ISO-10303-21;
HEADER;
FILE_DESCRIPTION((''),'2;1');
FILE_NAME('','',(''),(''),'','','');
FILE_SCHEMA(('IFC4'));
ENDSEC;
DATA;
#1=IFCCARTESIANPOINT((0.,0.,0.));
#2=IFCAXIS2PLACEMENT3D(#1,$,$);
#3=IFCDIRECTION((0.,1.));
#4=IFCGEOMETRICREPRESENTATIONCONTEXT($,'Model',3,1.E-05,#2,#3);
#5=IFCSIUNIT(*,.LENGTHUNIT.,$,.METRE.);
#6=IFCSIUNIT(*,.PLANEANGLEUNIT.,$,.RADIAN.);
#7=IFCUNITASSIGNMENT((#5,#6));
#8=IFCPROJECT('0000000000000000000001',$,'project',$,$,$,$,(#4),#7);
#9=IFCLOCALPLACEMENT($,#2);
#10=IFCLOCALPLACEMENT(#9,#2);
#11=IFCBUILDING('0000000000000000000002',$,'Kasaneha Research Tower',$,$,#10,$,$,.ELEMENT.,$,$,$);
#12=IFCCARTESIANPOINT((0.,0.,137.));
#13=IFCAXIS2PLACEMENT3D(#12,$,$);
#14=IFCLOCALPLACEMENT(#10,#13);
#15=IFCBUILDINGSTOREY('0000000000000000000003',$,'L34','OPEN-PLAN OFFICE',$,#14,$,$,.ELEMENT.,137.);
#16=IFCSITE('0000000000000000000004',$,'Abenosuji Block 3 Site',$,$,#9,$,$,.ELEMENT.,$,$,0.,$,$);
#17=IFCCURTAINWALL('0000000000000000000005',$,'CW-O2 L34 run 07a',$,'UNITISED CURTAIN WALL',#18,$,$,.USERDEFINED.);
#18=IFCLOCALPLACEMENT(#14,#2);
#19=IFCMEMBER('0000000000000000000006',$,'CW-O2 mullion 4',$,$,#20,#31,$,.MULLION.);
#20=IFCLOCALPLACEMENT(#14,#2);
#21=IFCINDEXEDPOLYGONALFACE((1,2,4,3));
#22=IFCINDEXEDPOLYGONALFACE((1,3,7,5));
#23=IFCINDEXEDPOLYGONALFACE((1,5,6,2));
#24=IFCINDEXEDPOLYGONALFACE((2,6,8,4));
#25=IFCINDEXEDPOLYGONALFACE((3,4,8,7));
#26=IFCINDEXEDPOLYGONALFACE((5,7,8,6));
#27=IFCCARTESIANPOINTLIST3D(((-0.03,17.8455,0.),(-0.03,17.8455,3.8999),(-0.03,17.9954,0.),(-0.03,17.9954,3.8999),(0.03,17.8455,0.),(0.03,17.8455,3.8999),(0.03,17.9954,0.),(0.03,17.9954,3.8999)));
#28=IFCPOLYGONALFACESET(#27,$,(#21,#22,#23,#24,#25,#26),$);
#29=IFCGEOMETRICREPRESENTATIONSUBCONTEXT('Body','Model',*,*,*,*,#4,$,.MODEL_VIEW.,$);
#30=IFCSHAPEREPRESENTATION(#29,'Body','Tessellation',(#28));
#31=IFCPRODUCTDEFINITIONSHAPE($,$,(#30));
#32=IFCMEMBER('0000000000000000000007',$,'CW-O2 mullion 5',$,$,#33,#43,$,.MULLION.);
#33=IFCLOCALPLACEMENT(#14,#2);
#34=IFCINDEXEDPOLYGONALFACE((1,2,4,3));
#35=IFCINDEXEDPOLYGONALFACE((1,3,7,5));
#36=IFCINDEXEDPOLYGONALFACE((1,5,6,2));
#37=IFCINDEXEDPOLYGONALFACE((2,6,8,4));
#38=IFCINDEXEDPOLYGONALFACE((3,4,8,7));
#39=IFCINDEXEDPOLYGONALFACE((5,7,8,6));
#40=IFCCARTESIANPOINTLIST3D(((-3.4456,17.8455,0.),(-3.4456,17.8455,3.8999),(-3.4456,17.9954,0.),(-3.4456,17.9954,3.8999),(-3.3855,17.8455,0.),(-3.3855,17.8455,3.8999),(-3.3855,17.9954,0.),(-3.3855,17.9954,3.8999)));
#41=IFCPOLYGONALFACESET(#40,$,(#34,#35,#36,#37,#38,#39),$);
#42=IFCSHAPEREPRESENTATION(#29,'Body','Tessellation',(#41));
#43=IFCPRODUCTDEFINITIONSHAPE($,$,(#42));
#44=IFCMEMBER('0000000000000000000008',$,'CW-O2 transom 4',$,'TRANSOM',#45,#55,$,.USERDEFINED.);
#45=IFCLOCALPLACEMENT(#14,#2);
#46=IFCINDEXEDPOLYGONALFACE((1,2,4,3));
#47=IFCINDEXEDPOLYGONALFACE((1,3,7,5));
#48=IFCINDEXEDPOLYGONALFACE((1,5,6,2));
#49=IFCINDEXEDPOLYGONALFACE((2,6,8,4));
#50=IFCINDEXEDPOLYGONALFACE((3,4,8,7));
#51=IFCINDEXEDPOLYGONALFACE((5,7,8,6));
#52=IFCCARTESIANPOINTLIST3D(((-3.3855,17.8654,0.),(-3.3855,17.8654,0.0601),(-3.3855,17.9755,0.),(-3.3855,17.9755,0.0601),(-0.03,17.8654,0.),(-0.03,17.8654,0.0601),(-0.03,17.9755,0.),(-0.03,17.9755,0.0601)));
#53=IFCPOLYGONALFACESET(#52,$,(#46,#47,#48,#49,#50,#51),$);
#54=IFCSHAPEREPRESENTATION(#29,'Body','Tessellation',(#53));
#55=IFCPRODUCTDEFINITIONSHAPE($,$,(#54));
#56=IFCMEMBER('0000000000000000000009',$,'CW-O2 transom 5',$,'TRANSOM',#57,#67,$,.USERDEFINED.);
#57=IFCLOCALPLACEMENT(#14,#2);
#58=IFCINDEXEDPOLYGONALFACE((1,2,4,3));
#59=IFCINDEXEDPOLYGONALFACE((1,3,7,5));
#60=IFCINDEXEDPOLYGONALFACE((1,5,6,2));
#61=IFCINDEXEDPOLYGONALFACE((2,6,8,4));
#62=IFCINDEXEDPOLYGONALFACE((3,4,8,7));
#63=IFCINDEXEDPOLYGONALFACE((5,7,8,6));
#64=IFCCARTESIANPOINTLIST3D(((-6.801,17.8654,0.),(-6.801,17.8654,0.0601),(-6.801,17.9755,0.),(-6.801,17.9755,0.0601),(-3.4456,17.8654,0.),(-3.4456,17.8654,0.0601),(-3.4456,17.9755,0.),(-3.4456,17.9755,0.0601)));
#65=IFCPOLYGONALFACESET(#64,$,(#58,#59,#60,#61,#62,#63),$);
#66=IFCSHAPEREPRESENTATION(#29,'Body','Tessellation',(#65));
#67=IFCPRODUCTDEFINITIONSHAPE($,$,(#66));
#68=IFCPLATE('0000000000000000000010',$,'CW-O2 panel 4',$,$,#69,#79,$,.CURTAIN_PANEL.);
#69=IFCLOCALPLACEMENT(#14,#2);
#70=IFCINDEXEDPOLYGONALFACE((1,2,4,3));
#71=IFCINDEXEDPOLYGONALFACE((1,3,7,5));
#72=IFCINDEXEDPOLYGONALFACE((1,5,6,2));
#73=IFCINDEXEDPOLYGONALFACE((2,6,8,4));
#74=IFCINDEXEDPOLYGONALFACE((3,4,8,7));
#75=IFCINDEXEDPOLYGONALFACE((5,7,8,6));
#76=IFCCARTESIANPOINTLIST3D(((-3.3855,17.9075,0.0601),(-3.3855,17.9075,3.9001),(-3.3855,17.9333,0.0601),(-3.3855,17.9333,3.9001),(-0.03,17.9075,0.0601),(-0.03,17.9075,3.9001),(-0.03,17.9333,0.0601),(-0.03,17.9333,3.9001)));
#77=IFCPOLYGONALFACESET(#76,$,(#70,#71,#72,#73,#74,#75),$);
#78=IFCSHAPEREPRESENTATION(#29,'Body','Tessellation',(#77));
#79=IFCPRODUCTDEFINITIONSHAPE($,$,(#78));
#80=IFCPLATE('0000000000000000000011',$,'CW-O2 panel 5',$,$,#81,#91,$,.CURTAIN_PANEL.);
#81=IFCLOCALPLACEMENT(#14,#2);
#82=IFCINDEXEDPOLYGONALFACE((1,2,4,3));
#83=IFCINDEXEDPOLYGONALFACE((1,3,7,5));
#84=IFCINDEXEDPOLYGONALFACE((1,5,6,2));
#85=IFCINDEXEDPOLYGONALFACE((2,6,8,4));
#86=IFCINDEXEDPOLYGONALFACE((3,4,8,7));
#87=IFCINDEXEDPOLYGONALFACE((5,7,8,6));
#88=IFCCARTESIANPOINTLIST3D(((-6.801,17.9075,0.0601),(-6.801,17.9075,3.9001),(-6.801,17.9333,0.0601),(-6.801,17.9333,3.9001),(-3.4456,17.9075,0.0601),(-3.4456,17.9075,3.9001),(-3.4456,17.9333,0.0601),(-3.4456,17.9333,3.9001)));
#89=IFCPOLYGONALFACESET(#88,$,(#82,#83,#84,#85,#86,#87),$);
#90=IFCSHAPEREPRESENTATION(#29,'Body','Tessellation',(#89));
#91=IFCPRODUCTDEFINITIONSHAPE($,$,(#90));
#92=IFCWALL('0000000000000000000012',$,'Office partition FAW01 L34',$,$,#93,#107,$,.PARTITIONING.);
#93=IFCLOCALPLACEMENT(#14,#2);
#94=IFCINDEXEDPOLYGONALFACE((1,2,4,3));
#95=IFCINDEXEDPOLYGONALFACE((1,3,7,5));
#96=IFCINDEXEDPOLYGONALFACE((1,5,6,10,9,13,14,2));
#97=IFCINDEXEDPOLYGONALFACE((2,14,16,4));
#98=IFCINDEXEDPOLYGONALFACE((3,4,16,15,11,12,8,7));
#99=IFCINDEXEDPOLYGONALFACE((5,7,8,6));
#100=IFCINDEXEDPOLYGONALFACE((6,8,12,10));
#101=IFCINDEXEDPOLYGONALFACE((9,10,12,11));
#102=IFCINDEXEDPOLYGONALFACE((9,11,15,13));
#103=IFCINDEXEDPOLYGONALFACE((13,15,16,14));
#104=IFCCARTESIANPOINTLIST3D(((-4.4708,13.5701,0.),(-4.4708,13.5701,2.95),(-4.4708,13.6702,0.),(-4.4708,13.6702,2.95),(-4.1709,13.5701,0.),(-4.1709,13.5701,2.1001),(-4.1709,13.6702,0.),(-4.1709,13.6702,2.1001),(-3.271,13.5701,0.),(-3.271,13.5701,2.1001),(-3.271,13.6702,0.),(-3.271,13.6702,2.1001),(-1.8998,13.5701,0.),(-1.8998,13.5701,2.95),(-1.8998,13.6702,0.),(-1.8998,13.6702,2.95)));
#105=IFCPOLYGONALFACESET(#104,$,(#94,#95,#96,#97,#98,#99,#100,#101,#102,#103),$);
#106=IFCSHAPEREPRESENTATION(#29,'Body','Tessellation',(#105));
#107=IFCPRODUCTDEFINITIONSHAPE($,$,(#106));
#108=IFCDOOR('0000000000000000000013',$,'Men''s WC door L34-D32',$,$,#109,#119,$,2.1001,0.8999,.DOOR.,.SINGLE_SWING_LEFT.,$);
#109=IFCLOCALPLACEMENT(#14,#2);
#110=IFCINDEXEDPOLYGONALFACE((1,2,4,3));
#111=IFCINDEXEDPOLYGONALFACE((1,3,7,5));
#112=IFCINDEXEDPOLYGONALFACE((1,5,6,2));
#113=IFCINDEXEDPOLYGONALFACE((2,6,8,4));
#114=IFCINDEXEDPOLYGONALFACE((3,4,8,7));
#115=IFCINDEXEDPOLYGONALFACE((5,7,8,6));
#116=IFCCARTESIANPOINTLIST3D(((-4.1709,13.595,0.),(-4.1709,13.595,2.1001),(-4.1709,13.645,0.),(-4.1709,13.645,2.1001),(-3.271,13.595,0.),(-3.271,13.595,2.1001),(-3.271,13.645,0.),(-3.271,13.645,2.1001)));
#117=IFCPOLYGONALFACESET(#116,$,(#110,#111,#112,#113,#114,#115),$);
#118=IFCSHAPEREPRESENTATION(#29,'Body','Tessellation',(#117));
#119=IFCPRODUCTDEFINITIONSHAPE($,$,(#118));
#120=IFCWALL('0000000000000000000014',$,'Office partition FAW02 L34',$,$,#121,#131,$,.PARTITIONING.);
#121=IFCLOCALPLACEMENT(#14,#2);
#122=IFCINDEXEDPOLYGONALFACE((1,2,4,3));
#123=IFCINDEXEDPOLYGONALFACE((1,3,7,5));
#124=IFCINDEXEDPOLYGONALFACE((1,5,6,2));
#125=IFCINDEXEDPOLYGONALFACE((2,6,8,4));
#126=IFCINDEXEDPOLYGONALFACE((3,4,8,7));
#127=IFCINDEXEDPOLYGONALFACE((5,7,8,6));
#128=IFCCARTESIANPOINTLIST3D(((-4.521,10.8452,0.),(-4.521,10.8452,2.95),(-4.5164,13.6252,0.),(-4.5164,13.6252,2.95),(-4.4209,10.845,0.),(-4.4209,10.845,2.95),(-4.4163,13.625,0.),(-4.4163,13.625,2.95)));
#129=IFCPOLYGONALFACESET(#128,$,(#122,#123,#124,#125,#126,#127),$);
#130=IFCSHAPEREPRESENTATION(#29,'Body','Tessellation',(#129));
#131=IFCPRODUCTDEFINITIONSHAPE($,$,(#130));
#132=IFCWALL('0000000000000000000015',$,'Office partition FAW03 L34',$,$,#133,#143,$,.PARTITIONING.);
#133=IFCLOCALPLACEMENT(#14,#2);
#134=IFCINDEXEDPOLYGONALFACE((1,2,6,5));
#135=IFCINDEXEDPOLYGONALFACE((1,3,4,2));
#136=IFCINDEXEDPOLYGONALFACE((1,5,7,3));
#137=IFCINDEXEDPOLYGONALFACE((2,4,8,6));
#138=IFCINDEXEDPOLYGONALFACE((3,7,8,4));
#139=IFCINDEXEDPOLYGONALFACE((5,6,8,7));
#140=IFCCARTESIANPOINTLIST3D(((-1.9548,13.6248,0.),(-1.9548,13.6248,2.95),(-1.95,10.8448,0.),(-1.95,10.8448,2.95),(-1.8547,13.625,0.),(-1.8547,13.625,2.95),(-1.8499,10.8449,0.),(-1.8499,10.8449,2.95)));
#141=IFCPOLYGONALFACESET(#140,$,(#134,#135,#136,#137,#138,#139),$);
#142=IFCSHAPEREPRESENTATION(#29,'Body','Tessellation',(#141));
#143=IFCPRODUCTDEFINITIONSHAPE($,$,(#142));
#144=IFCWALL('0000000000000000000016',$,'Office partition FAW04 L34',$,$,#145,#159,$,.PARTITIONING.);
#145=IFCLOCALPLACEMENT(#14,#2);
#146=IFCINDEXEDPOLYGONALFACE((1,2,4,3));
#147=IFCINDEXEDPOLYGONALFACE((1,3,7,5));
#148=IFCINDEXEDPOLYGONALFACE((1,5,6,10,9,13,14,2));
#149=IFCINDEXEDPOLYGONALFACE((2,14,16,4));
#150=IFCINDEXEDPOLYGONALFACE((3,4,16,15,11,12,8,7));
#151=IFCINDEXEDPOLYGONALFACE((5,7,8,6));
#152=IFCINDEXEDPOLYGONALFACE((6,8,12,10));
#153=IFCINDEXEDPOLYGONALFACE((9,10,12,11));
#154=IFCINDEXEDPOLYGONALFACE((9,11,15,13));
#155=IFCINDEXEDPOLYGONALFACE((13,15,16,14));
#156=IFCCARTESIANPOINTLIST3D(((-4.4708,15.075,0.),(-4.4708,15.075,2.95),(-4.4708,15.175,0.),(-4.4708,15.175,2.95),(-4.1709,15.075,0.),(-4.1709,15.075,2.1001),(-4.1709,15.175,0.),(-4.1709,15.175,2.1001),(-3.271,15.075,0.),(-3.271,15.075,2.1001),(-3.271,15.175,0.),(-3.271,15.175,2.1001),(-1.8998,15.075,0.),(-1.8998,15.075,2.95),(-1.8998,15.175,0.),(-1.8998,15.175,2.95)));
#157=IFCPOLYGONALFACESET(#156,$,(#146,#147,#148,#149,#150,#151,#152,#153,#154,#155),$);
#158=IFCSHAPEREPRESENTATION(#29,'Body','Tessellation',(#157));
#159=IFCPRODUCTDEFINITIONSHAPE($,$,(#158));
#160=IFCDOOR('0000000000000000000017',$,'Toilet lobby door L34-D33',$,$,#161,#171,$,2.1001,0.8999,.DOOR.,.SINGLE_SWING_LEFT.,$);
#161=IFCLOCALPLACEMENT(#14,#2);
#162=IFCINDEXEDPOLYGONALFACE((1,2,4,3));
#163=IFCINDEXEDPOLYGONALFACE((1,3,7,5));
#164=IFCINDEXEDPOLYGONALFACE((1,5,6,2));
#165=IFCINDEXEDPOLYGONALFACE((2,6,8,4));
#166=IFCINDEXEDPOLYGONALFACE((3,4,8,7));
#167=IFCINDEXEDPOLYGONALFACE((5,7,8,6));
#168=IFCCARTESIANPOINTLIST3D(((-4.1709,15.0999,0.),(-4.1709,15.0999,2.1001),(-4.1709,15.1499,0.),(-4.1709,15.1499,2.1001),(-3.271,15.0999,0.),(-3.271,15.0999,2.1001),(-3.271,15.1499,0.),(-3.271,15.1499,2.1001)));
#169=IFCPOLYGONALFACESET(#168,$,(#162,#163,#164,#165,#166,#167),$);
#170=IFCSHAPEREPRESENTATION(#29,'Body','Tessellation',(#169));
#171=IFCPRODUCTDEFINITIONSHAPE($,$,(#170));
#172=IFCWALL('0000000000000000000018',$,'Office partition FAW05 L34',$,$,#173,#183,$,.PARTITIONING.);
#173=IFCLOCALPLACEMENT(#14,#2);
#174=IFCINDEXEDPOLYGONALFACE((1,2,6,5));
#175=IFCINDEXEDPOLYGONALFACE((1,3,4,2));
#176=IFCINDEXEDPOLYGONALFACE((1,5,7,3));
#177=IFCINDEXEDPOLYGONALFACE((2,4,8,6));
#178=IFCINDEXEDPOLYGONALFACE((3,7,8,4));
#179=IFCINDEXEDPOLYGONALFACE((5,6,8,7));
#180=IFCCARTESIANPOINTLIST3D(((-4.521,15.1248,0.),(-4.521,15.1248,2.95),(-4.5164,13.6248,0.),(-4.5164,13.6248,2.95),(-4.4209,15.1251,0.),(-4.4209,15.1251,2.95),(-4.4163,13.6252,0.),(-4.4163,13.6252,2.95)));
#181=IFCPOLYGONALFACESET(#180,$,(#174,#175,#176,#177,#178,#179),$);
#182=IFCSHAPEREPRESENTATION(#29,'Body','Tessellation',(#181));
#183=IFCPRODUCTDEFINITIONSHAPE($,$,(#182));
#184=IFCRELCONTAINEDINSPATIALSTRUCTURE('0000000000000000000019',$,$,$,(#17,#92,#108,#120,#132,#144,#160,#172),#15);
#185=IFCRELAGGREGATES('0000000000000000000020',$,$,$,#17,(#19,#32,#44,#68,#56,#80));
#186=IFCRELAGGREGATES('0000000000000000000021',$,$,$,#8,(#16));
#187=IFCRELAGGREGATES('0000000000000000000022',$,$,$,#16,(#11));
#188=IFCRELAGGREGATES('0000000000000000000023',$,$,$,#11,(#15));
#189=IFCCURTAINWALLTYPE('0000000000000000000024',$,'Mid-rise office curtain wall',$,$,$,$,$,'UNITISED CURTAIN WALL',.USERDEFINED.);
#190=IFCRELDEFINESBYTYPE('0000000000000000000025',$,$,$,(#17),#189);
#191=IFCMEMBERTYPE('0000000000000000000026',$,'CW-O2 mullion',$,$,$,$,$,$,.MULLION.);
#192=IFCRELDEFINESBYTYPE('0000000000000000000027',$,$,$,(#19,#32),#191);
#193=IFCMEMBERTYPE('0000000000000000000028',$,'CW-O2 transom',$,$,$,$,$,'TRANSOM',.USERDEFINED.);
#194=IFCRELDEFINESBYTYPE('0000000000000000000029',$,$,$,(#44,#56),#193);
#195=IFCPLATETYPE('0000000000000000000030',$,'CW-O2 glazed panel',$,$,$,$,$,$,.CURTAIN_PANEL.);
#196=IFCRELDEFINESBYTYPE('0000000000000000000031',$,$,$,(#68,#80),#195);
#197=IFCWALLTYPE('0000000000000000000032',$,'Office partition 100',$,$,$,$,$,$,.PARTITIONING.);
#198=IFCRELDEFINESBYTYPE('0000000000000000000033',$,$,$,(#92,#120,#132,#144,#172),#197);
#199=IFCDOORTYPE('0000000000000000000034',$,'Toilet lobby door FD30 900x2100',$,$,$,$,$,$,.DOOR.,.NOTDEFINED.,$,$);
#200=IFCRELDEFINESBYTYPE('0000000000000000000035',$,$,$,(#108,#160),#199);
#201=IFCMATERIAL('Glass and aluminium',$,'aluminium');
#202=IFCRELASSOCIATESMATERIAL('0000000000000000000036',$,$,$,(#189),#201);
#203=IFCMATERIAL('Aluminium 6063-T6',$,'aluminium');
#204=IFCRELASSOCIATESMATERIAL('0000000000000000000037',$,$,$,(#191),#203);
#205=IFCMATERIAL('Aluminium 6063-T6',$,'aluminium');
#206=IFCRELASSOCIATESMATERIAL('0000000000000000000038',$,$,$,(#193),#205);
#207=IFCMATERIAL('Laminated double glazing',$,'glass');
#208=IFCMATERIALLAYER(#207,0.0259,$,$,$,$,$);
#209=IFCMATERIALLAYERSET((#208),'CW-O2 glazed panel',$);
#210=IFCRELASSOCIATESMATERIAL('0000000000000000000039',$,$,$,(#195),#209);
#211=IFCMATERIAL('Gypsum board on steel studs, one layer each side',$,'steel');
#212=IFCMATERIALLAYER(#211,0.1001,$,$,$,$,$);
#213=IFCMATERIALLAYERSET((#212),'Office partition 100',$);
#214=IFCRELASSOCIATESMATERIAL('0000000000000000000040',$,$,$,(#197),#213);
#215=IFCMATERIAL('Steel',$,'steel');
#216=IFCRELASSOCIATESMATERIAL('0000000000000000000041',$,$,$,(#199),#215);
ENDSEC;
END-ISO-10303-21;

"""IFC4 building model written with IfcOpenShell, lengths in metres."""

from ifc_helpers import new_model, si_unit, direction, frame, frame_2d, origin, origin_2d, place, context, subcontext, project, spatial, rectangle, extrude, material, layer, layer_set, material_profile, profile_set, type_object, element, fill, aggregate, save


model = new_model("IFC4")

# Units and contexts
model_context = context("Model", 3, precision=1e-05, world=origin(), true_north=direction((0.0, 1.0)))
body_context = subcontext(model_context, "Body", "Model", "MODEL_VIEW")
ifc_project = project(units=[si_unit("LENGTHUNIT", "METRE"), si_unit("PLANEANGLEUNIT", "RADIAN")], contexts=[model_context])

# Site, building, storey
site_placement = place(None, origin())
site = spatial("IfcSite", under=ifc_project, at=site_placement, Name="Abenosuji Block 3 Site", CompositionType="ELEMENT", RefElevation=0.0)
building_placement = place(site_placement, origin())
building = spatial("IfcBuilding", under=site, at=building_placement, Name="Kasaneha Research Tower", CompositionType="ELEMENT")
storey_placement = place(building_placement, frame((0.0, 0.0, 137.0)))
storey = spatial("IfcBuildingStorey", under=building, at=storey_placement, Name="L34", Description="OPEN-PLAN OFFICE", CompositionType="ELEMENT", Elevation=137.0)

# Curtain wall, members, plates
ifc_material_1 = material(Name="Glass and aluminium", Category="aluminium")
curtain_wall_type = type_object("IfcCurtainWallType", Name="Mid-rise office curtain wall", ElementType="UNITISED CURTAIN WALL", PredefinedType="USERDEFINED", material=ifc_material_1)
curtain_wall_placement = place(storey_placement, origin())
curtain_wall = element("IfcCurtainWall", 1, at=curtain_wall_placement, inside=storey, type_object=curtain_wall_type, Name="CW-O2 L34 run 07a", ObjectType="UNITISED CURTAIN WALL", PredefinedType="USERDEFINED")
ifc_material_2 = material(Name="Aluminium 6063-T6", Category="aluminium")
ifc_material_profile_1 = material_profile(ifc_material_2, rectangle(XDim=0.0601, YDim=0.1499, at=origin_2d()), Name="CW-O2 mullion 60x150")
ifc_profile_set_1 = profile_set([ifc_material_profile_1], Name="Aluminium 6063-T6")
member_type_1 = type_object("IfcMemberType", Name="CW-O2 mullion", PredefinedType="MULLION", material=ifc_profile_set_1)
member_1_placement = place(storey_placement, frame((0.0, 17.9204, 0.0), z_axis=(0.0, 0.0, 1.0), x_axis=(-1.0, 0.0, 0.0)))
member_1 = element("IfcMember", 2, at=member_1_placement, type_object=member_type_1, Name="CW-O2 mullion 4", PredefinedType="MULLION", context=body_context, shape_type="SweptSolid", body=[
    extrude(rectangle(XDim=0.0601, YDim=0.1499, at=origin_2d()), origin(), (0.0, 0.0, 1.0), 3.8999),
])
member_2_placement = place(storey_placement, frame((-3.4155, 17.9204, 0.0), z_axis=(0.0, 0.0, 1.0), x_axis=(-1.0, 0.0, 0.0)))
member_2 = element("IfcMember", 3, at=member_2_placement, type_object=member_type_1, Name="CW-O2 mullion 5", PredefinedType="MULLION", context=body_context, shape_type="SweptSolid", body=[
    extrude(rectangle(XDim=0.0601, YDim=0.1499, at=origin_2d()), origin(), (0.0, 0.0, 1.0), 3.8999),
])
ifc_material_3 = material(Name="Aluminium 6063-T6", Category="aluminium")
ifc_material_profile_2 = material_profile(ifc_material_3, rectangle(XDim=0.1101, YDim=0.0601, at=origin_2d()), Name="CW-O2 transom 110x60")
ifc_profile_set_2 = profile_set([ifc_material_profile_2], Name="Aluminium 6063-T6")
member_type_2 = type_object("IfcMemberType", Name="CW-O2 transom", ElementType="TRANSOM", PredefinedType="USERDEFINED", material=ifc_profile_set_2)
member_3_placement = place(storey_placement, frame((-0.03, 17.9204, 0.03), z_axis=(-1.0, 0.0, 0.0), x_axis=(0.0, -1.0, 0.0)))
member_3 = element("IfcMember", 4, at=member_3_placement, type_object=member_type_2, Name="CW-O2 transom 4", ObjectType="TRANSOM", PredefinedType="USERDEFINED", context=body_context, shape_type="SweptSolid", body=[
    extrude(rectangle(XDim=0.1101, YDim=0.0601, at=origin_2d()), origin(), (0.0, 0.0, 1.0), 3.3555),
])
member_4_placement = place(storey_placement, frame((-3.4456, 17.9204, 0.03), z_axis=(-1.0, 0.0, 0.0), x_axis=(0.0, -1.0, 0.0)))
member_4 = element("IfcMember", 5, at=member_4_placement, type_object=member_type_2, Name="CW-O2 transom 5", ObjectType="TRANSOM", PredefinedType="USERDEFINED", context=body_context, shape_type="SweptSolid", body=[
    extrude(rectangle(XDim=0.1101, YDim=0.0601, at=origin_2d()), origin(), (0.0, 0.0, 1.0), 3.3555),
])
ifc_material_4 = material(Name="Laminated double glazing", Category="glass")
ifc_layer_1 = layer(ifc_material_4, 0.0259)
ifc_layer_set_1 = layer_set([ifc_layer_1], Name="CW-O2 glazed panel")
plate_type = type_object("IfcPlateType", Name="CW-O2 glazed panel", PredefinedType="CURTAIN_PANEL", material=ifc_layer_set_1)
plate_1_placement = place(storey_placement, frame((-1.7078, 17.9204, 0.0601), z_axis=(0.0, 0.0, 1.0), x_axis=(-1.0, 0.0, 0.0)))
plate_1 = element("IfcPlate", 6, at=plate_1_placement, type_object=plate_type, Name="CW-O2 panel 4", PredefinedType="CURTAIN_PANEL", context=body_context, shape_type="SweptSolid", body=[
    extrude(rectangle(XDim=3.3555, YDim=0.0259, at=origin_2d()), origin(), (0.0, 0.0, 1.0), 3.8401),
])
plate_2_placement = place(storey_placement, frame((-5.1233, 17.9204, 0.0601), z_axis=(0.0, 0.0, 1.0), x_axis=(-1.0, 0.0, 0.0)))
plate_2 = element("IfcPlate", 7, at=plate_2_placement, type_object=plate_type, Name="CW-O2 panel 5", PredefinedType="CURTAIN_PANEL", context=body_context, shape_type="SweptSolid", body=[
    extrude(rectangle(XDim=3.3555, YDim=0.0259, at=origin_2d()), origin(), (0.0, 0.0, 1.0), 3.8401),
])
aggregate(curtain_wall, [member_1, member_2, member_3, plate_1, member_4, plate_2])

# Wall, opening, door
ifc_material_5 = material(Name="Gypsum board on steel studs, one layer each side", Category="steel")
ifc_layer_2 = layer(ifc_material_5, 0.1001)
ifc_layer_set_2 = layer_set([ifc_layer_2], Name="Office partition 100")
wall_type_1 = type_object("IfcWallType", Name="Office partition 100", PredefinedType="PARTITIONING", material=ifc_layer_set_2)
wall_1_placement = place(storey_placement, frame((-4.4709, 13.6201, 0.0), z_axis=(0.0, 0.0, 1.0), x_axis=(1.0, 0.0, 0.0)))
wall_1 = element("IfcWall", 8, at=wall_1_placement, inside=storey, type_object=wall_type_1, Name="Office partition FAW01 L34", PredefinedType="PARTITIONING", context=body_context, shape_type="SweptSolid", body=[
    extrude(rectangle(XDim=2.571, YDim=0.1001, at=frame_2d((1.2856, 0.0))), origin(), (0.0, 0.0, 1.0), 2.95),
])
opening_1_placement = place(wall_1_placement, frame((0.3, 0.0, 0.0)))
opening_1 = element("IfcOpeningElement", 9, at=opening_1_placement, cuts=wall_1, PredefinedType="OPENING", context=body_context, shape_type="SweptSolid", body=[
    extrude(rectangle(XDim=0.8999, YDim=2.1001, at=frame_2d((0.45, 1.05))), frame((0.0, 0.0601, 0.0), z_axis=(0.0, -1.0, 0.0), x_axis=(1.0, 0.0, 0.0)), (0.0, 0.0, 1.0), 0.1201),
])
ifc_material_6 = material(Name="Steel", Category="steel")
door_type_1 = type_object("IfcDoorType", Name="Toilet lobby door FD30 900x2100", OperationType="NOTDEFINED", PredefinedType="DOOR", material=ifc_material_6)
door_1_placement = place(opening_1_placement, origin())
door_1 = element("IfcDoor", 10, at=door_1_placement, inside=storey, type_object=door_type_1, Name="Men's WC door L34-D32", OperationType="SINGLE_SWING_LEFT", OverallHeight=2.1001, OverallWidth=0.8999, PredefinedType="DOOR", context=body_context, shape_type="SweptSolid", body=[
    extrude(rectangle(XDim=0.8999, YDim=2.1001, at=frame_2d((0.45, 1.05))), frame((0.0, 0.0249, 0.0), z_axis=(0.0, -1.0, 0.0), x_axis=(1.0, 0.0, 0.0)), (0.0, 0.0, 1.0), 0.05),
])
fill(opening_1, door_1)

# Walls
for number, where, z_axis, x_axis, name in (
    (11, (-4.4709, 10.845, 0.0), (0.0, 0.0, 1.0), (0.001669, 0.999999, 0.0), "Office partition FAW02 L34"),
    (12, (-1.9048, 13.625, 0.0), (0.0, 0.0, 1.0), (0.001756, -0.999998, 0.0), "Office partition FAW03 L34"),
):
    element("IfcWall", number, at=place(storey_placement, frame(where, z_axis=z_axis, x_axis=x_axis)), inside=storey, type_object=wall_type_1, Name=name, PredefinedType="PARTITIONING", context=body_context, shape_type="SweptSolid", body=[
        extrude(rectangle(XDim=2.78, YDim=0.1001, at=frame_2d((1.3901, 0.0))), origin(), (0.0, 0.0, 1.0), 2.95),
    ])

# Wall, opening, door
wall_2_placement = place(storey_placement, frame((-4.4709, 15.125, 0.0), z_axis=(0.0, 0.0, 1.0), x_axis=(1.0, 0.0, 0.0)))
wall_2 = element("IfcWall", 13, at=wall_2_placement, inside=storey, type_object=wall_type_1, Name="Office partition FAW04 L34", PredefinedType="PARTITIONING", context=body_context, shape_type="SweptSolid", body=[
    extrude(rectangle(XDim=2.571, YDim=0.1001, at=frame_2d((1.2856, 0.0))), origin(), (0.0, 0.0, 1.0), 2.95),
])
opening_2_placement = place(wall_2_placement, frame((0.3, 0.0, 0.0)))
opening_2 = element("IfcOpeningElement", 14, at=opening_2_placement, cuts=wall_2, PredefinedType="OPENING", context=body_context, shape_type="SweptSolid", body=[
    extrude(rectangle(XDim=0.8999, YDim=2.1001, at=frame_2d((0.45, 1.05))), frame((0.0, 0.0601, 0.0), z_axis=(0.0, -1.0, 0.0), x_axis=(1.0, 0.0, 0.0)), (0.0, 0.0, 1.0), 0.1201),
])
door_2_placement = place(opening_2_placement, origin())
door_2 = element("IfcDoor", 15, at=door_2_placement, inside=storey, type_object=door_type_1, Name="Toilet lobby door L34-D33", OperationType="SINGLE_SWING_LEFT", OverallHeight=2.1001, OverallWidth=0.8999, PredefinedType="DOOR", context=body_context, shape_type="SweptSolid", body=[
    extrude(rectangle(XDim=0.8999, YDim=2.1001, at=frame_2d((0.45, 1.05))), frame((0.0, 0.0249, 0.0), z_axis=(0.0, -1.0, 0.0), x_axis=(1.0, 0.0, 0.0)), (0.0, 0.0, 1.0), 0.05),
])
fill(opening_2, door_2)

# Wall
for number, where, z_axis, x_axis, name in (
    (16, (-4.4663, 13.625, 0.0), (0.0, 0.0, 1.0), (-0.003092, 0.999995, 0.0), "Office partition FAW05 L34"),
):
    element("IfcWall", number, at=place(storey_placement, frame(where, z_axis=z_axis, x_axis=x_axis)), inside=storey, type_object=wall_type_1, Name=name, PredefinedType="PARTITIONING", context=body_context, shape_type="SweptSolid", body=[
        extrude(rectangle(XDim=1.5, YDim=0.1001, at=frame_2d((0.75, 0.0))), origin(), (0.0, 0.0, 1.0), 2.95),
    ])

save(model, "model.ifc")
